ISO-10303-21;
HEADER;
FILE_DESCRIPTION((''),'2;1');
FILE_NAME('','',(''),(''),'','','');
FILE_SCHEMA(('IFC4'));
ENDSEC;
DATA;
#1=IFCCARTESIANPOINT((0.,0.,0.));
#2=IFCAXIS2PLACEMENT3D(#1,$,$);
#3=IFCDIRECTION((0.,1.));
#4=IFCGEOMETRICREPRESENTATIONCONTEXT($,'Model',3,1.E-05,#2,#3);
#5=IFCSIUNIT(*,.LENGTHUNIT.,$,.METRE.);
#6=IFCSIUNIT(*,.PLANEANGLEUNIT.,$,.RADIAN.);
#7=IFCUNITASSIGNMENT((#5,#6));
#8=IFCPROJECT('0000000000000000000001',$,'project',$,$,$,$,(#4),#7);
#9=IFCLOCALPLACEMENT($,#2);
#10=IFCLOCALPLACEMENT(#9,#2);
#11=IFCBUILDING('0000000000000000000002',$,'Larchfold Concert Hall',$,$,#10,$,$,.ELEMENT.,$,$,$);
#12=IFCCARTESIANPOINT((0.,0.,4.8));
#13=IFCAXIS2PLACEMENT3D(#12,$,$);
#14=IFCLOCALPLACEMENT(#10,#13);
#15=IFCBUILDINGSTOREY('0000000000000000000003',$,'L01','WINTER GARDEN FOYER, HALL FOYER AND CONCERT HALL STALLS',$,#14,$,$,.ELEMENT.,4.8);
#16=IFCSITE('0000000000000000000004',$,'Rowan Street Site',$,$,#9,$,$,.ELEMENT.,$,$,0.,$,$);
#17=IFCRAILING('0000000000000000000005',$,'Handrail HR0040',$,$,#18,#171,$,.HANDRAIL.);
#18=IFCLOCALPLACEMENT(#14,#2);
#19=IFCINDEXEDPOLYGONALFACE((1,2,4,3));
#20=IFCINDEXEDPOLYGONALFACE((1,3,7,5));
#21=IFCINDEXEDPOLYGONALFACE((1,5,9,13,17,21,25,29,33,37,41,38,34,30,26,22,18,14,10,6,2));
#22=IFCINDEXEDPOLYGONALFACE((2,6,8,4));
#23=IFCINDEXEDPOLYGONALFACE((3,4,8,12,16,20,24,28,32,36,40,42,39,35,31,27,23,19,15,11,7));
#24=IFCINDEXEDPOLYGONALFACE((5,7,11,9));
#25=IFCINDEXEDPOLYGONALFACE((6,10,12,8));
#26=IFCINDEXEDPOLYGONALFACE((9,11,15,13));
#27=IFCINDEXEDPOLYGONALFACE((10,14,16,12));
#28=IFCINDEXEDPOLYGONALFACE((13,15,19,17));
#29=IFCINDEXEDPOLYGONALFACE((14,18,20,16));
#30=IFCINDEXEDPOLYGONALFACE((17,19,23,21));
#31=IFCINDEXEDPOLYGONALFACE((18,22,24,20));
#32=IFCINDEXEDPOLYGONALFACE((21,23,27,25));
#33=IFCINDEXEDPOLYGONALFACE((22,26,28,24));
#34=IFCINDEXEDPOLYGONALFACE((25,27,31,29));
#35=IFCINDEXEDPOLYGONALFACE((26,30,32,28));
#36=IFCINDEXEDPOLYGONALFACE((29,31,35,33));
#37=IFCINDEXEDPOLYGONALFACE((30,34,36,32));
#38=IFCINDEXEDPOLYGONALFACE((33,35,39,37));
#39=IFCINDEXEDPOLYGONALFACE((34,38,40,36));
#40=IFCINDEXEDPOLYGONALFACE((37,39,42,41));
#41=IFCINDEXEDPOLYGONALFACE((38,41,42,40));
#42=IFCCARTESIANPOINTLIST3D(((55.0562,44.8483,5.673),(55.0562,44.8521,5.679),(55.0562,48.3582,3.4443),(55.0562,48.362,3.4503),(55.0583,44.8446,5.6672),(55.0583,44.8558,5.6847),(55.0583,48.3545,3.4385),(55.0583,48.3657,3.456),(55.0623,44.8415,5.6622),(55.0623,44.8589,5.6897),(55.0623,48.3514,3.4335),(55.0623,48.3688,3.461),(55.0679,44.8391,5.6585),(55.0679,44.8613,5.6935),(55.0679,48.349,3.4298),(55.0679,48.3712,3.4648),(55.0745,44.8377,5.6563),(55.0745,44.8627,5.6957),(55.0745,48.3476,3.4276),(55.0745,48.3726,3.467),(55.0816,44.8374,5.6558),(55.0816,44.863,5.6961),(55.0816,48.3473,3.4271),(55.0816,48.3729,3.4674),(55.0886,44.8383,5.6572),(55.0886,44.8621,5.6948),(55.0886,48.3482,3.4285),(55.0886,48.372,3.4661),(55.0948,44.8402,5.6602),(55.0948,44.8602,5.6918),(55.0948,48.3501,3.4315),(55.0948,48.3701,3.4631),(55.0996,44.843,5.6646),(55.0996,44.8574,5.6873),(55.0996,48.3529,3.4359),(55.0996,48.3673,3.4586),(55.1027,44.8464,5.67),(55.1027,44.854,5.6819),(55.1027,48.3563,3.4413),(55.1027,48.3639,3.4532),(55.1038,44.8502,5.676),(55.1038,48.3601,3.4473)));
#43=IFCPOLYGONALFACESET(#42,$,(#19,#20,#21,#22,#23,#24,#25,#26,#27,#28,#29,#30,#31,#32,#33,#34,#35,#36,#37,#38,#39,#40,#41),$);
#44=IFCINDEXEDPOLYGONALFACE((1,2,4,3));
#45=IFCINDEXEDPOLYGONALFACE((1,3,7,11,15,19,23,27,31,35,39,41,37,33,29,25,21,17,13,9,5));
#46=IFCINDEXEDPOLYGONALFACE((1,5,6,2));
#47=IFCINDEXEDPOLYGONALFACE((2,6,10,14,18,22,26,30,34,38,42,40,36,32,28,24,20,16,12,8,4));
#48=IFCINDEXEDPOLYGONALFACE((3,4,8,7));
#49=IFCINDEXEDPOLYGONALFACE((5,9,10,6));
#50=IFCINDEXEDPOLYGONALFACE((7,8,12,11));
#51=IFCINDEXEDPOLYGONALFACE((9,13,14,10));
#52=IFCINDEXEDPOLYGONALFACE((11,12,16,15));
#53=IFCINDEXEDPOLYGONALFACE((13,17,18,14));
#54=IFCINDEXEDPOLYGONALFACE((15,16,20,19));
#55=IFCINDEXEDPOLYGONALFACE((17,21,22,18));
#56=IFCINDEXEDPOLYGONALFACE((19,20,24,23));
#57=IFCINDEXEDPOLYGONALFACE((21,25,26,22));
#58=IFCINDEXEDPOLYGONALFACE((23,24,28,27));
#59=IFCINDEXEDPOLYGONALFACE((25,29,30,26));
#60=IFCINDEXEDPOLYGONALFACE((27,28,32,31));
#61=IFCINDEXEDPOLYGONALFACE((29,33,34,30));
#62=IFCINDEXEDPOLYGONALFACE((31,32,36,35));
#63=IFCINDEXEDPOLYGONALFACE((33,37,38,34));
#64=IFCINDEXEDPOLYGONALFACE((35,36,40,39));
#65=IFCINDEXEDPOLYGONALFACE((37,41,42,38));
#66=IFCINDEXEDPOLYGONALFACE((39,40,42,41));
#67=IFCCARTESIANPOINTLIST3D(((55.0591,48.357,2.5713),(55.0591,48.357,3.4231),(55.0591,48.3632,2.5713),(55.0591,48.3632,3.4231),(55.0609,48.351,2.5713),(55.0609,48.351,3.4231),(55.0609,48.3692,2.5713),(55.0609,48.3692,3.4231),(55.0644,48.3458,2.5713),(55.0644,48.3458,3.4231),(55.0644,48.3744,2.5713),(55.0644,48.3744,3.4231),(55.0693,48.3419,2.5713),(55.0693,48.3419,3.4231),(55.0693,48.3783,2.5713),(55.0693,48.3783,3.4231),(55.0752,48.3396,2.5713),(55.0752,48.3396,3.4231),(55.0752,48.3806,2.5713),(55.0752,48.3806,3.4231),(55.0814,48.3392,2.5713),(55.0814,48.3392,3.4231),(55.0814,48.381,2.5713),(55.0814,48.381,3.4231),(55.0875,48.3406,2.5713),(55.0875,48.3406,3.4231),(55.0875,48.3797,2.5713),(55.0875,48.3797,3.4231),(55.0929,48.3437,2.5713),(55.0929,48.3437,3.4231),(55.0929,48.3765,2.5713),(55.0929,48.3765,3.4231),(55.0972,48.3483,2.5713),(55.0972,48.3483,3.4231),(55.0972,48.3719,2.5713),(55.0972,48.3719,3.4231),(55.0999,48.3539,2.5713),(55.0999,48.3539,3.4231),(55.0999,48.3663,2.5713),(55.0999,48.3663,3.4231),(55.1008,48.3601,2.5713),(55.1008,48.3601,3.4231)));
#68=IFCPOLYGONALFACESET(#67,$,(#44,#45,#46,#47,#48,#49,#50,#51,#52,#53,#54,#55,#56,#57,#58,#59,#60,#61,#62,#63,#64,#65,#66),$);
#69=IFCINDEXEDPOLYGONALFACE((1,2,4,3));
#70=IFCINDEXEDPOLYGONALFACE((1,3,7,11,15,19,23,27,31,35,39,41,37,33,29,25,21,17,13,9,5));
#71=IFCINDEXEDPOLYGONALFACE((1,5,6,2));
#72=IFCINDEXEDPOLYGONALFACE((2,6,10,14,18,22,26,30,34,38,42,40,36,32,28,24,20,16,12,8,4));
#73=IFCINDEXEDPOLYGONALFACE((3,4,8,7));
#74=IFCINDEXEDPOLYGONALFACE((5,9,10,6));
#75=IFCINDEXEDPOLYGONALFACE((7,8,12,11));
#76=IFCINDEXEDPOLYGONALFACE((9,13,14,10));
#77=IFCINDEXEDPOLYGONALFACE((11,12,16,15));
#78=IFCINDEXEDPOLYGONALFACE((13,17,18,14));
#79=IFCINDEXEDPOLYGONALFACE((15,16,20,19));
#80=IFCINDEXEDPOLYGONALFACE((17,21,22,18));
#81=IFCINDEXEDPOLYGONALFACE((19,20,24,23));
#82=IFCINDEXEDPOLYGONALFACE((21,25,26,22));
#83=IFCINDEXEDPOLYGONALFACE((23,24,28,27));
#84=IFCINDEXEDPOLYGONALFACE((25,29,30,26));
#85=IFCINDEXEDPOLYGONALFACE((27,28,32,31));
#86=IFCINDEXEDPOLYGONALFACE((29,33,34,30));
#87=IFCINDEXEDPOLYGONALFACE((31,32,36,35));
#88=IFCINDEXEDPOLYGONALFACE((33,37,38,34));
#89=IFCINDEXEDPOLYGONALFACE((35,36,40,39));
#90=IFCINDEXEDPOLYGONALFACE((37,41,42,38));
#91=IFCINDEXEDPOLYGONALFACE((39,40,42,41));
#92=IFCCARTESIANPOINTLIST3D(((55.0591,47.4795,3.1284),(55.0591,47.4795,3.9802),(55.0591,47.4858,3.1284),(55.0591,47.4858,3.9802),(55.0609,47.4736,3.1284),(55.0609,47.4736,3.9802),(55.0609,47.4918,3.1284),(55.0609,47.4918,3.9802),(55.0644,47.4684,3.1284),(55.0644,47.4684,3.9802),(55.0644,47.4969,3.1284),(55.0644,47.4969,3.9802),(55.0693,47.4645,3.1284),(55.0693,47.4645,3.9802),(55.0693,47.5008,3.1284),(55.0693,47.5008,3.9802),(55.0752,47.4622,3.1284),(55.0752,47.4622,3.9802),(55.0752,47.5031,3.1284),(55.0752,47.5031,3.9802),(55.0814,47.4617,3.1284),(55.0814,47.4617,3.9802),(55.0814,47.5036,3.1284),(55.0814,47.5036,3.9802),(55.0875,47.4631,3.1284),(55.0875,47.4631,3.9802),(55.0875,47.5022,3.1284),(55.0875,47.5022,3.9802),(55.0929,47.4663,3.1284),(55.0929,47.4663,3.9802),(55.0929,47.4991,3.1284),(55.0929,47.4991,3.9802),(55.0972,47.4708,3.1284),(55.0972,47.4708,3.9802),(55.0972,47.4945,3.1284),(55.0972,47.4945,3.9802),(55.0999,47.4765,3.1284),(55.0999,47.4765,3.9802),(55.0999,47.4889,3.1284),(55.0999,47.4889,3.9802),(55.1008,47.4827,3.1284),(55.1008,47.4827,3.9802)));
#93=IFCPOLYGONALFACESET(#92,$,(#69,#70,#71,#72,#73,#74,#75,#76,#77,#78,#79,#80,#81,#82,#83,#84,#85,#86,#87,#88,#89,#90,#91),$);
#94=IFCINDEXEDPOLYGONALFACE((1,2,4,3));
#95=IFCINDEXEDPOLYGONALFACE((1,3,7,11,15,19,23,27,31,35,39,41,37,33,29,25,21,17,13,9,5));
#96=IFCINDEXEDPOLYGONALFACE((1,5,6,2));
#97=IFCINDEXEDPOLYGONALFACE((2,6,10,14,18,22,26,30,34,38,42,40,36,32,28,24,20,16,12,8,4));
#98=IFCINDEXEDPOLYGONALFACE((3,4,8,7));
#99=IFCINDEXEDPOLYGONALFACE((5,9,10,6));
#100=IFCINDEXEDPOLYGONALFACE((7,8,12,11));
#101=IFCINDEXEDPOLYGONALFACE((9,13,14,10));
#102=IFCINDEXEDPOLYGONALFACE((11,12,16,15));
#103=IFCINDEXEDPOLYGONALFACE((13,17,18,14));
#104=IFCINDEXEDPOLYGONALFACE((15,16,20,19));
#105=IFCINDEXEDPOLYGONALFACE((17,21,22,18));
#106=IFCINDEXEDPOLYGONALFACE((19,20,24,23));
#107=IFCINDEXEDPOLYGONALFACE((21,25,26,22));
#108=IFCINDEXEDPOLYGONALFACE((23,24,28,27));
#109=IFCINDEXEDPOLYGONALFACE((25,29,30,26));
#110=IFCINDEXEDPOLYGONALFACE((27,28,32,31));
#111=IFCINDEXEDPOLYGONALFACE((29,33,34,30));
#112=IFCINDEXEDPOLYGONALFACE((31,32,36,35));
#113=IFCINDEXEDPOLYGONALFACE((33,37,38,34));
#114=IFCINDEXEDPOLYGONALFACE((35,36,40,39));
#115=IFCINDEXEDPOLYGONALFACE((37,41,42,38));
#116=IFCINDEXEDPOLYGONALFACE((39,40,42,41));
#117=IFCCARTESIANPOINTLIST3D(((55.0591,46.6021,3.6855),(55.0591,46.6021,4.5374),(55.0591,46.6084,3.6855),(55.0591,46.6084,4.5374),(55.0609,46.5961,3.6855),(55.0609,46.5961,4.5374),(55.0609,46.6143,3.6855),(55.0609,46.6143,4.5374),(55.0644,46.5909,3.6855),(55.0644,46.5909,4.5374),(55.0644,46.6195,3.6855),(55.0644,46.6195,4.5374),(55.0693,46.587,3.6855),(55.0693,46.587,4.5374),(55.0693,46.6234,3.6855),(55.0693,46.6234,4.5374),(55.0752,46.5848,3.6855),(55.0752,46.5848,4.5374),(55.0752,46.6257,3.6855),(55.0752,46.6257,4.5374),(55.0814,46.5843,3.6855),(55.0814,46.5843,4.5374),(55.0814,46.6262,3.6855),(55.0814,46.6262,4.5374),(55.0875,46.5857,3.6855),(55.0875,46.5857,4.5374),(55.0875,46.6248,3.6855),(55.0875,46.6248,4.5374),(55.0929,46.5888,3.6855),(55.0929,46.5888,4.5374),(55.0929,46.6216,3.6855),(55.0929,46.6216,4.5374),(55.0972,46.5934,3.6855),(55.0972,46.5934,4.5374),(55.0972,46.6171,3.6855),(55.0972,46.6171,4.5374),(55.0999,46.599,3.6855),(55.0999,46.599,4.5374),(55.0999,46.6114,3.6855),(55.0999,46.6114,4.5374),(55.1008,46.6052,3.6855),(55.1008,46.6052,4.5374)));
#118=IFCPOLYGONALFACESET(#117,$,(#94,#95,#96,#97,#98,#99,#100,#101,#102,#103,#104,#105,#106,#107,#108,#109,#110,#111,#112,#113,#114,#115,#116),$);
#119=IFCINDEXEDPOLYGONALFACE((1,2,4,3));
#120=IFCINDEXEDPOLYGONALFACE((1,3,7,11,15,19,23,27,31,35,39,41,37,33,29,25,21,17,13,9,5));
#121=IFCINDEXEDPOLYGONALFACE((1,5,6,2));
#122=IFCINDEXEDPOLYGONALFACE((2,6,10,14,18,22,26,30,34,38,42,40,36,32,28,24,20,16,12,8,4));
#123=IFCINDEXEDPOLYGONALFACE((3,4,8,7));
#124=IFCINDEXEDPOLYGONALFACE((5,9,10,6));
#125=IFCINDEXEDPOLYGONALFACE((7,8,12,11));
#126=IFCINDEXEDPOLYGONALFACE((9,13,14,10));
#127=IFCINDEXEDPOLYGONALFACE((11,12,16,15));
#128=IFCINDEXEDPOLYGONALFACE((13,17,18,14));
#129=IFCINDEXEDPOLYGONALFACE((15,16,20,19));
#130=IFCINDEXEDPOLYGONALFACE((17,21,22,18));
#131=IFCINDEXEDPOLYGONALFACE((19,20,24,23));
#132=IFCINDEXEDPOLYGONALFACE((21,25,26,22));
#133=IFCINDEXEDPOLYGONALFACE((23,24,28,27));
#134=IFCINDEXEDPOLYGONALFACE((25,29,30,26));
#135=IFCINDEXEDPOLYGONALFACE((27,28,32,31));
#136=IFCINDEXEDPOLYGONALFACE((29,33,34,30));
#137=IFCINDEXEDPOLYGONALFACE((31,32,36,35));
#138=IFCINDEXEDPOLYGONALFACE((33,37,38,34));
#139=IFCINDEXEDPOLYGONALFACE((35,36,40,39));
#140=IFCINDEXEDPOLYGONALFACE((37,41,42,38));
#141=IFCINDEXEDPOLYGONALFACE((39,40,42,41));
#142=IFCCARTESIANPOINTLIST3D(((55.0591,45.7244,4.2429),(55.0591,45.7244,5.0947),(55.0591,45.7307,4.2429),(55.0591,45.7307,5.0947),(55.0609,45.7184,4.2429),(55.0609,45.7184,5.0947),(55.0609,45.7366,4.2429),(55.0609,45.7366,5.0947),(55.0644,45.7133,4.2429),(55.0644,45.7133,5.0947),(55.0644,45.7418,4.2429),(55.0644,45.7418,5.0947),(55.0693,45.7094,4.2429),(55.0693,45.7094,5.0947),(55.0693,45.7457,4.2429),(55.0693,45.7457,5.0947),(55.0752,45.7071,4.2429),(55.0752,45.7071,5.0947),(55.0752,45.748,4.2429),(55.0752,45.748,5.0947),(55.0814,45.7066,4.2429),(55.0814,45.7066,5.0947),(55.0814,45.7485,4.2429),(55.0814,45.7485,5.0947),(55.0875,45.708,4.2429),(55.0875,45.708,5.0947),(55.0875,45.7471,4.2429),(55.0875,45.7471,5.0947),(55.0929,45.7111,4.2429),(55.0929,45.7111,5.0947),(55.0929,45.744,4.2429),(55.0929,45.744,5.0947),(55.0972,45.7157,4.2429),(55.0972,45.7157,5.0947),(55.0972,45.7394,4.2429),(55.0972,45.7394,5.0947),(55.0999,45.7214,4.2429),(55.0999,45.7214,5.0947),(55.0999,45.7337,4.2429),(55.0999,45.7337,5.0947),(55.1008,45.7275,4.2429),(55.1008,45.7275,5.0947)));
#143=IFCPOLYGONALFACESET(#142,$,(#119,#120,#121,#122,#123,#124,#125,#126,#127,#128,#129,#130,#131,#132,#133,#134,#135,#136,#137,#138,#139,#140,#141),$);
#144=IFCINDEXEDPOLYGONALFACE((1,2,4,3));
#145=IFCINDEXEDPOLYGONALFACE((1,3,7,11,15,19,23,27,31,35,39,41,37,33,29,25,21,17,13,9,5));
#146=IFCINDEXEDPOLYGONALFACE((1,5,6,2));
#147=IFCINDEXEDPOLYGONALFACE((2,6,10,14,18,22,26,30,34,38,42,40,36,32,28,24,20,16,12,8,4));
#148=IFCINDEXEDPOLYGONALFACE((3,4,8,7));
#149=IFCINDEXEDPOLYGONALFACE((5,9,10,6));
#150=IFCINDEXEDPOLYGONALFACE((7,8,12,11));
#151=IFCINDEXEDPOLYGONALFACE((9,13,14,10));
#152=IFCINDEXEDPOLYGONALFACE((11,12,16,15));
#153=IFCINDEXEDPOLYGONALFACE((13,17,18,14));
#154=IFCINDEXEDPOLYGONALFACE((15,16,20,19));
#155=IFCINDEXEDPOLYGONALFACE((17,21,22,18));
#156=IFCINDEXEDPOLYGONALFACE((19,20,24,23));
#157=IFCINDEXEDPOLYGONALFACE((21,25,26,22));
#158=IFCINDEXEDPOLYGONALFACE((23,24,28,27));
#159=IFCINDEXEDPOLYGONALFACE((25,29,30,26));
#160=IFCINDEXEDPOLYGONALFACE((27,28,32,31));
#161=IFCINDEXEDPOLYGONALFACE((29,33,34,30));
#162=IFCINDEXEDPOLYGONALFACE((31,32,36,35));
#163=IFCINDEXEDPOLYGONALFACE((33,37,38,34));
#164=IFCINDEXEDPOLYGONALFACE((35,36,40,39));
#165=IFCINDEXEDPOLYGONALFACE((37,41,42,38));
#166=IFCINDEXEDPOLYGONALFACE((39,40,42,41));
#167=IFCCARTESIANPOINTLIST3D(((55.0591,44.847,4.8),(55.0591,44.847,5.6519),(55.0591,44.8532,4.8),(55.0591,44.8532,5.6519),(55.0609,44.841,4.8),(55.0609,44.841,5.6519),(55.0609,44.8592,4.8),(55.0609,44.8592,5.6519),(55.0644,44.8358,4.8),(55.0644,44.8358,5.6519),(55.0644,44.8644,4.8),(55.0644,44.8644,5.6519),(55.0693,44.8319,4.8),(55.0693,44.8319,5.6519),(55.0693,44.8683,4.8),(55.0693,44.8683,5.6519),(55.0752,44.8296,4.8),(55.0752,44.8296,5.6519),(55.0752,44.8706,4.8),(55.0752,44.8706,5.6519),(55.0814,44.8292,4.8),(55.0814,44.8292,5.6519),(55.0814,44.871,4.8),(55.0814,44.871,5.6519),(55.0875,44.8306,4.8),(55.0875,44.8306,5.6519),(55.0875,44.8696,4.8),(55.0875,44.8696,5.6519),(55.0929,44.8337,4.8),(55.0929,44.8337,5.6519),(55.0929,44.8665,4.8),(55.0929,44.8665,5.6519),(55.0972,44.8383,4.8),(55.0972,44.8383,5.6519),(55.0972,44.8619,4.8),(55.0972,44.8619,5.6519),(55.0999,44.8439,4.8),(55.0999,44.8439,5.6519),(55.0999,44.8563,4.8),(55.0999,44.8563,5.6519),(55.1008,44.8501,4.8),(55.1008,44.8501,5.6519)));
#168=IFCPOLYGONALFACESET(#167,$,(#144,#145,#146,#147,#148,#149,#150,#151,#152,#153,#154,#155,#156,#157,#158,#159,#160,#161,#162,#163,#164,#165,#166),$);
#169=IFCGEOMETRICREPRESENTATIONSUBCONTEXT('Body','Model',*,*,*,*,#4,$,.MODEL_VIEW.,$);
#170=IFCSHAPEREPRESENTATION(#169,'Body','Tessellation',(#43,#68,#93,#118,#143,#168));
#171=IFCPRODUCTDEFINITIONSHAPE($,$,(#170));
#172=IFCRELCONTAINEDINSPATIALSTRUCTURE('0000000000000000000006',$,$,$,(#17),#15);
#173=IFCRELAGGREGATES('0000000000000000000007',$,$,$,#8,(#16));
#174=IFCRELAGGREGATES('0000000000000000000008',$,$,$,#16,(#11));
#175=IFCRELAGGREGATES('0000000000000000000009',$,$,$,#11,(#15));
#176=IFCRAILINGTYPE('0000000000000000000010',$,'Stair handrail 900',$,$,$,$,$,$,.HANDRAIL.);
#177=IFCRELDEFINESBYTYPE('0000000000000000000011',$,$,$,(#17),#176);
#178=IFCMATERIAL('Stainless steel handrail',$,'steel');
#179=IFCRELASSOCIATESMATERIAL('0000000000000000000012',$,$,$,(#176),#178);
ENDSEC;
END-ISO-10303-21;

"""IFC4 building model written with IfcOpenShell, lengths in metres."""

from ifc_helpers import new_model, si_unit, direction, frame, origin, origin_2d, place, context, subcontext, project, spatial, circle, extrude, material, type_object, element, save


model = new_model("IFC4")

# Units and contexts
model_context = context("Model", 3, precision=1e-05, world=origin(), true_north=direction((0.0, 1.0)))
body_context = subcontext(model_context, "Body", "Model", "MODEL_VIEW")
ifc_project = project(units=[si_unit("LENGTHUNIT", "METRE"), si_unit("PLANEANGLEUNIT", "RADIAN")], contexts=[model_context])

# Site, building, storey
site_placement = place(None, origin())
site = spatial("IfcSite", under=ifc_project, at=site_placement, Name="Rowan Street Site", CompositionType="ELEMENT", RefElevation=0.0)
building_placement = place(site_placement, origin())
building = spatial("IfcBuilding", under=site, at=building_placement, Name="Larchfold Concert Hall", CompositionType="ELEMENT")
storey_placement = place(building_placement, frame((0.0, 0.0, 4.8)))
storey = spatial("IfcBuildingStorey", under=building, at=storey_placement, Name="L01", Description="WINTER GARDEN FOYER, HALL FOYER AND CONCERT HALL STALLS", CompositionType="ELEMENT", Elevation=4.8)

# Railing
ifc_material_1 = material(Name="Stainless steel handrail", Category="steel")
railing_type_1 = type_object("IfcRailingType", Name="Stair handrail 900", PredefinedType="HANDRAIL", material=ifc_material_1)
railing_1_placement = place(storey_placement, frame((55.0798, 48.3601, 2.5713)))
element("IfcRailing", 1, at=railing_1_placement, inside=storey, type_object=railing_type_1, Name="Handrail HR0040", PredefinedType="HANDRAIL", context=body_context, shape_type="SweptSolid", body=[
    extrude(circle(Radius=0.0239, at=origin_2d()), frame((0.0, 0.0, 0.876), z_axis=(0.0, -0.844193, 0.536039), x_axis=(1.0, 0.0, 0.0)), (0.0, 0.0, 1.0), 4.1577),
    extrude(circle(Radius=0.021, at=origin_2d()), origin(), (0.0, 0.0, 1.0), 0.8518),
    extrude(circle(Radius=0.021, at=origin_2d()), frame((0.0, -0.8774, 0.5571)), (0.0, 0.0, 1.0), 0.8518),
    extrude(circle(Radius=0.021, at=origin_2d()), frame((0.0, -1.7549, 1.1143)), (0.0, 0.0, 1.0), 0.8518),
    extrude(circle(Radius=0.021, at=origin_2d()), frame((0.0, -2.6326, 1.6716)), (0.0, 0.0, 1.0), 0.8518),
    extrude(circle(Radius=0.021, at=origin_2d()), frame((0.0, -3.51, 2.2288)), (0.0, 0.0, 1.0), 0.8518),
])

save(model, "model.ifc")
